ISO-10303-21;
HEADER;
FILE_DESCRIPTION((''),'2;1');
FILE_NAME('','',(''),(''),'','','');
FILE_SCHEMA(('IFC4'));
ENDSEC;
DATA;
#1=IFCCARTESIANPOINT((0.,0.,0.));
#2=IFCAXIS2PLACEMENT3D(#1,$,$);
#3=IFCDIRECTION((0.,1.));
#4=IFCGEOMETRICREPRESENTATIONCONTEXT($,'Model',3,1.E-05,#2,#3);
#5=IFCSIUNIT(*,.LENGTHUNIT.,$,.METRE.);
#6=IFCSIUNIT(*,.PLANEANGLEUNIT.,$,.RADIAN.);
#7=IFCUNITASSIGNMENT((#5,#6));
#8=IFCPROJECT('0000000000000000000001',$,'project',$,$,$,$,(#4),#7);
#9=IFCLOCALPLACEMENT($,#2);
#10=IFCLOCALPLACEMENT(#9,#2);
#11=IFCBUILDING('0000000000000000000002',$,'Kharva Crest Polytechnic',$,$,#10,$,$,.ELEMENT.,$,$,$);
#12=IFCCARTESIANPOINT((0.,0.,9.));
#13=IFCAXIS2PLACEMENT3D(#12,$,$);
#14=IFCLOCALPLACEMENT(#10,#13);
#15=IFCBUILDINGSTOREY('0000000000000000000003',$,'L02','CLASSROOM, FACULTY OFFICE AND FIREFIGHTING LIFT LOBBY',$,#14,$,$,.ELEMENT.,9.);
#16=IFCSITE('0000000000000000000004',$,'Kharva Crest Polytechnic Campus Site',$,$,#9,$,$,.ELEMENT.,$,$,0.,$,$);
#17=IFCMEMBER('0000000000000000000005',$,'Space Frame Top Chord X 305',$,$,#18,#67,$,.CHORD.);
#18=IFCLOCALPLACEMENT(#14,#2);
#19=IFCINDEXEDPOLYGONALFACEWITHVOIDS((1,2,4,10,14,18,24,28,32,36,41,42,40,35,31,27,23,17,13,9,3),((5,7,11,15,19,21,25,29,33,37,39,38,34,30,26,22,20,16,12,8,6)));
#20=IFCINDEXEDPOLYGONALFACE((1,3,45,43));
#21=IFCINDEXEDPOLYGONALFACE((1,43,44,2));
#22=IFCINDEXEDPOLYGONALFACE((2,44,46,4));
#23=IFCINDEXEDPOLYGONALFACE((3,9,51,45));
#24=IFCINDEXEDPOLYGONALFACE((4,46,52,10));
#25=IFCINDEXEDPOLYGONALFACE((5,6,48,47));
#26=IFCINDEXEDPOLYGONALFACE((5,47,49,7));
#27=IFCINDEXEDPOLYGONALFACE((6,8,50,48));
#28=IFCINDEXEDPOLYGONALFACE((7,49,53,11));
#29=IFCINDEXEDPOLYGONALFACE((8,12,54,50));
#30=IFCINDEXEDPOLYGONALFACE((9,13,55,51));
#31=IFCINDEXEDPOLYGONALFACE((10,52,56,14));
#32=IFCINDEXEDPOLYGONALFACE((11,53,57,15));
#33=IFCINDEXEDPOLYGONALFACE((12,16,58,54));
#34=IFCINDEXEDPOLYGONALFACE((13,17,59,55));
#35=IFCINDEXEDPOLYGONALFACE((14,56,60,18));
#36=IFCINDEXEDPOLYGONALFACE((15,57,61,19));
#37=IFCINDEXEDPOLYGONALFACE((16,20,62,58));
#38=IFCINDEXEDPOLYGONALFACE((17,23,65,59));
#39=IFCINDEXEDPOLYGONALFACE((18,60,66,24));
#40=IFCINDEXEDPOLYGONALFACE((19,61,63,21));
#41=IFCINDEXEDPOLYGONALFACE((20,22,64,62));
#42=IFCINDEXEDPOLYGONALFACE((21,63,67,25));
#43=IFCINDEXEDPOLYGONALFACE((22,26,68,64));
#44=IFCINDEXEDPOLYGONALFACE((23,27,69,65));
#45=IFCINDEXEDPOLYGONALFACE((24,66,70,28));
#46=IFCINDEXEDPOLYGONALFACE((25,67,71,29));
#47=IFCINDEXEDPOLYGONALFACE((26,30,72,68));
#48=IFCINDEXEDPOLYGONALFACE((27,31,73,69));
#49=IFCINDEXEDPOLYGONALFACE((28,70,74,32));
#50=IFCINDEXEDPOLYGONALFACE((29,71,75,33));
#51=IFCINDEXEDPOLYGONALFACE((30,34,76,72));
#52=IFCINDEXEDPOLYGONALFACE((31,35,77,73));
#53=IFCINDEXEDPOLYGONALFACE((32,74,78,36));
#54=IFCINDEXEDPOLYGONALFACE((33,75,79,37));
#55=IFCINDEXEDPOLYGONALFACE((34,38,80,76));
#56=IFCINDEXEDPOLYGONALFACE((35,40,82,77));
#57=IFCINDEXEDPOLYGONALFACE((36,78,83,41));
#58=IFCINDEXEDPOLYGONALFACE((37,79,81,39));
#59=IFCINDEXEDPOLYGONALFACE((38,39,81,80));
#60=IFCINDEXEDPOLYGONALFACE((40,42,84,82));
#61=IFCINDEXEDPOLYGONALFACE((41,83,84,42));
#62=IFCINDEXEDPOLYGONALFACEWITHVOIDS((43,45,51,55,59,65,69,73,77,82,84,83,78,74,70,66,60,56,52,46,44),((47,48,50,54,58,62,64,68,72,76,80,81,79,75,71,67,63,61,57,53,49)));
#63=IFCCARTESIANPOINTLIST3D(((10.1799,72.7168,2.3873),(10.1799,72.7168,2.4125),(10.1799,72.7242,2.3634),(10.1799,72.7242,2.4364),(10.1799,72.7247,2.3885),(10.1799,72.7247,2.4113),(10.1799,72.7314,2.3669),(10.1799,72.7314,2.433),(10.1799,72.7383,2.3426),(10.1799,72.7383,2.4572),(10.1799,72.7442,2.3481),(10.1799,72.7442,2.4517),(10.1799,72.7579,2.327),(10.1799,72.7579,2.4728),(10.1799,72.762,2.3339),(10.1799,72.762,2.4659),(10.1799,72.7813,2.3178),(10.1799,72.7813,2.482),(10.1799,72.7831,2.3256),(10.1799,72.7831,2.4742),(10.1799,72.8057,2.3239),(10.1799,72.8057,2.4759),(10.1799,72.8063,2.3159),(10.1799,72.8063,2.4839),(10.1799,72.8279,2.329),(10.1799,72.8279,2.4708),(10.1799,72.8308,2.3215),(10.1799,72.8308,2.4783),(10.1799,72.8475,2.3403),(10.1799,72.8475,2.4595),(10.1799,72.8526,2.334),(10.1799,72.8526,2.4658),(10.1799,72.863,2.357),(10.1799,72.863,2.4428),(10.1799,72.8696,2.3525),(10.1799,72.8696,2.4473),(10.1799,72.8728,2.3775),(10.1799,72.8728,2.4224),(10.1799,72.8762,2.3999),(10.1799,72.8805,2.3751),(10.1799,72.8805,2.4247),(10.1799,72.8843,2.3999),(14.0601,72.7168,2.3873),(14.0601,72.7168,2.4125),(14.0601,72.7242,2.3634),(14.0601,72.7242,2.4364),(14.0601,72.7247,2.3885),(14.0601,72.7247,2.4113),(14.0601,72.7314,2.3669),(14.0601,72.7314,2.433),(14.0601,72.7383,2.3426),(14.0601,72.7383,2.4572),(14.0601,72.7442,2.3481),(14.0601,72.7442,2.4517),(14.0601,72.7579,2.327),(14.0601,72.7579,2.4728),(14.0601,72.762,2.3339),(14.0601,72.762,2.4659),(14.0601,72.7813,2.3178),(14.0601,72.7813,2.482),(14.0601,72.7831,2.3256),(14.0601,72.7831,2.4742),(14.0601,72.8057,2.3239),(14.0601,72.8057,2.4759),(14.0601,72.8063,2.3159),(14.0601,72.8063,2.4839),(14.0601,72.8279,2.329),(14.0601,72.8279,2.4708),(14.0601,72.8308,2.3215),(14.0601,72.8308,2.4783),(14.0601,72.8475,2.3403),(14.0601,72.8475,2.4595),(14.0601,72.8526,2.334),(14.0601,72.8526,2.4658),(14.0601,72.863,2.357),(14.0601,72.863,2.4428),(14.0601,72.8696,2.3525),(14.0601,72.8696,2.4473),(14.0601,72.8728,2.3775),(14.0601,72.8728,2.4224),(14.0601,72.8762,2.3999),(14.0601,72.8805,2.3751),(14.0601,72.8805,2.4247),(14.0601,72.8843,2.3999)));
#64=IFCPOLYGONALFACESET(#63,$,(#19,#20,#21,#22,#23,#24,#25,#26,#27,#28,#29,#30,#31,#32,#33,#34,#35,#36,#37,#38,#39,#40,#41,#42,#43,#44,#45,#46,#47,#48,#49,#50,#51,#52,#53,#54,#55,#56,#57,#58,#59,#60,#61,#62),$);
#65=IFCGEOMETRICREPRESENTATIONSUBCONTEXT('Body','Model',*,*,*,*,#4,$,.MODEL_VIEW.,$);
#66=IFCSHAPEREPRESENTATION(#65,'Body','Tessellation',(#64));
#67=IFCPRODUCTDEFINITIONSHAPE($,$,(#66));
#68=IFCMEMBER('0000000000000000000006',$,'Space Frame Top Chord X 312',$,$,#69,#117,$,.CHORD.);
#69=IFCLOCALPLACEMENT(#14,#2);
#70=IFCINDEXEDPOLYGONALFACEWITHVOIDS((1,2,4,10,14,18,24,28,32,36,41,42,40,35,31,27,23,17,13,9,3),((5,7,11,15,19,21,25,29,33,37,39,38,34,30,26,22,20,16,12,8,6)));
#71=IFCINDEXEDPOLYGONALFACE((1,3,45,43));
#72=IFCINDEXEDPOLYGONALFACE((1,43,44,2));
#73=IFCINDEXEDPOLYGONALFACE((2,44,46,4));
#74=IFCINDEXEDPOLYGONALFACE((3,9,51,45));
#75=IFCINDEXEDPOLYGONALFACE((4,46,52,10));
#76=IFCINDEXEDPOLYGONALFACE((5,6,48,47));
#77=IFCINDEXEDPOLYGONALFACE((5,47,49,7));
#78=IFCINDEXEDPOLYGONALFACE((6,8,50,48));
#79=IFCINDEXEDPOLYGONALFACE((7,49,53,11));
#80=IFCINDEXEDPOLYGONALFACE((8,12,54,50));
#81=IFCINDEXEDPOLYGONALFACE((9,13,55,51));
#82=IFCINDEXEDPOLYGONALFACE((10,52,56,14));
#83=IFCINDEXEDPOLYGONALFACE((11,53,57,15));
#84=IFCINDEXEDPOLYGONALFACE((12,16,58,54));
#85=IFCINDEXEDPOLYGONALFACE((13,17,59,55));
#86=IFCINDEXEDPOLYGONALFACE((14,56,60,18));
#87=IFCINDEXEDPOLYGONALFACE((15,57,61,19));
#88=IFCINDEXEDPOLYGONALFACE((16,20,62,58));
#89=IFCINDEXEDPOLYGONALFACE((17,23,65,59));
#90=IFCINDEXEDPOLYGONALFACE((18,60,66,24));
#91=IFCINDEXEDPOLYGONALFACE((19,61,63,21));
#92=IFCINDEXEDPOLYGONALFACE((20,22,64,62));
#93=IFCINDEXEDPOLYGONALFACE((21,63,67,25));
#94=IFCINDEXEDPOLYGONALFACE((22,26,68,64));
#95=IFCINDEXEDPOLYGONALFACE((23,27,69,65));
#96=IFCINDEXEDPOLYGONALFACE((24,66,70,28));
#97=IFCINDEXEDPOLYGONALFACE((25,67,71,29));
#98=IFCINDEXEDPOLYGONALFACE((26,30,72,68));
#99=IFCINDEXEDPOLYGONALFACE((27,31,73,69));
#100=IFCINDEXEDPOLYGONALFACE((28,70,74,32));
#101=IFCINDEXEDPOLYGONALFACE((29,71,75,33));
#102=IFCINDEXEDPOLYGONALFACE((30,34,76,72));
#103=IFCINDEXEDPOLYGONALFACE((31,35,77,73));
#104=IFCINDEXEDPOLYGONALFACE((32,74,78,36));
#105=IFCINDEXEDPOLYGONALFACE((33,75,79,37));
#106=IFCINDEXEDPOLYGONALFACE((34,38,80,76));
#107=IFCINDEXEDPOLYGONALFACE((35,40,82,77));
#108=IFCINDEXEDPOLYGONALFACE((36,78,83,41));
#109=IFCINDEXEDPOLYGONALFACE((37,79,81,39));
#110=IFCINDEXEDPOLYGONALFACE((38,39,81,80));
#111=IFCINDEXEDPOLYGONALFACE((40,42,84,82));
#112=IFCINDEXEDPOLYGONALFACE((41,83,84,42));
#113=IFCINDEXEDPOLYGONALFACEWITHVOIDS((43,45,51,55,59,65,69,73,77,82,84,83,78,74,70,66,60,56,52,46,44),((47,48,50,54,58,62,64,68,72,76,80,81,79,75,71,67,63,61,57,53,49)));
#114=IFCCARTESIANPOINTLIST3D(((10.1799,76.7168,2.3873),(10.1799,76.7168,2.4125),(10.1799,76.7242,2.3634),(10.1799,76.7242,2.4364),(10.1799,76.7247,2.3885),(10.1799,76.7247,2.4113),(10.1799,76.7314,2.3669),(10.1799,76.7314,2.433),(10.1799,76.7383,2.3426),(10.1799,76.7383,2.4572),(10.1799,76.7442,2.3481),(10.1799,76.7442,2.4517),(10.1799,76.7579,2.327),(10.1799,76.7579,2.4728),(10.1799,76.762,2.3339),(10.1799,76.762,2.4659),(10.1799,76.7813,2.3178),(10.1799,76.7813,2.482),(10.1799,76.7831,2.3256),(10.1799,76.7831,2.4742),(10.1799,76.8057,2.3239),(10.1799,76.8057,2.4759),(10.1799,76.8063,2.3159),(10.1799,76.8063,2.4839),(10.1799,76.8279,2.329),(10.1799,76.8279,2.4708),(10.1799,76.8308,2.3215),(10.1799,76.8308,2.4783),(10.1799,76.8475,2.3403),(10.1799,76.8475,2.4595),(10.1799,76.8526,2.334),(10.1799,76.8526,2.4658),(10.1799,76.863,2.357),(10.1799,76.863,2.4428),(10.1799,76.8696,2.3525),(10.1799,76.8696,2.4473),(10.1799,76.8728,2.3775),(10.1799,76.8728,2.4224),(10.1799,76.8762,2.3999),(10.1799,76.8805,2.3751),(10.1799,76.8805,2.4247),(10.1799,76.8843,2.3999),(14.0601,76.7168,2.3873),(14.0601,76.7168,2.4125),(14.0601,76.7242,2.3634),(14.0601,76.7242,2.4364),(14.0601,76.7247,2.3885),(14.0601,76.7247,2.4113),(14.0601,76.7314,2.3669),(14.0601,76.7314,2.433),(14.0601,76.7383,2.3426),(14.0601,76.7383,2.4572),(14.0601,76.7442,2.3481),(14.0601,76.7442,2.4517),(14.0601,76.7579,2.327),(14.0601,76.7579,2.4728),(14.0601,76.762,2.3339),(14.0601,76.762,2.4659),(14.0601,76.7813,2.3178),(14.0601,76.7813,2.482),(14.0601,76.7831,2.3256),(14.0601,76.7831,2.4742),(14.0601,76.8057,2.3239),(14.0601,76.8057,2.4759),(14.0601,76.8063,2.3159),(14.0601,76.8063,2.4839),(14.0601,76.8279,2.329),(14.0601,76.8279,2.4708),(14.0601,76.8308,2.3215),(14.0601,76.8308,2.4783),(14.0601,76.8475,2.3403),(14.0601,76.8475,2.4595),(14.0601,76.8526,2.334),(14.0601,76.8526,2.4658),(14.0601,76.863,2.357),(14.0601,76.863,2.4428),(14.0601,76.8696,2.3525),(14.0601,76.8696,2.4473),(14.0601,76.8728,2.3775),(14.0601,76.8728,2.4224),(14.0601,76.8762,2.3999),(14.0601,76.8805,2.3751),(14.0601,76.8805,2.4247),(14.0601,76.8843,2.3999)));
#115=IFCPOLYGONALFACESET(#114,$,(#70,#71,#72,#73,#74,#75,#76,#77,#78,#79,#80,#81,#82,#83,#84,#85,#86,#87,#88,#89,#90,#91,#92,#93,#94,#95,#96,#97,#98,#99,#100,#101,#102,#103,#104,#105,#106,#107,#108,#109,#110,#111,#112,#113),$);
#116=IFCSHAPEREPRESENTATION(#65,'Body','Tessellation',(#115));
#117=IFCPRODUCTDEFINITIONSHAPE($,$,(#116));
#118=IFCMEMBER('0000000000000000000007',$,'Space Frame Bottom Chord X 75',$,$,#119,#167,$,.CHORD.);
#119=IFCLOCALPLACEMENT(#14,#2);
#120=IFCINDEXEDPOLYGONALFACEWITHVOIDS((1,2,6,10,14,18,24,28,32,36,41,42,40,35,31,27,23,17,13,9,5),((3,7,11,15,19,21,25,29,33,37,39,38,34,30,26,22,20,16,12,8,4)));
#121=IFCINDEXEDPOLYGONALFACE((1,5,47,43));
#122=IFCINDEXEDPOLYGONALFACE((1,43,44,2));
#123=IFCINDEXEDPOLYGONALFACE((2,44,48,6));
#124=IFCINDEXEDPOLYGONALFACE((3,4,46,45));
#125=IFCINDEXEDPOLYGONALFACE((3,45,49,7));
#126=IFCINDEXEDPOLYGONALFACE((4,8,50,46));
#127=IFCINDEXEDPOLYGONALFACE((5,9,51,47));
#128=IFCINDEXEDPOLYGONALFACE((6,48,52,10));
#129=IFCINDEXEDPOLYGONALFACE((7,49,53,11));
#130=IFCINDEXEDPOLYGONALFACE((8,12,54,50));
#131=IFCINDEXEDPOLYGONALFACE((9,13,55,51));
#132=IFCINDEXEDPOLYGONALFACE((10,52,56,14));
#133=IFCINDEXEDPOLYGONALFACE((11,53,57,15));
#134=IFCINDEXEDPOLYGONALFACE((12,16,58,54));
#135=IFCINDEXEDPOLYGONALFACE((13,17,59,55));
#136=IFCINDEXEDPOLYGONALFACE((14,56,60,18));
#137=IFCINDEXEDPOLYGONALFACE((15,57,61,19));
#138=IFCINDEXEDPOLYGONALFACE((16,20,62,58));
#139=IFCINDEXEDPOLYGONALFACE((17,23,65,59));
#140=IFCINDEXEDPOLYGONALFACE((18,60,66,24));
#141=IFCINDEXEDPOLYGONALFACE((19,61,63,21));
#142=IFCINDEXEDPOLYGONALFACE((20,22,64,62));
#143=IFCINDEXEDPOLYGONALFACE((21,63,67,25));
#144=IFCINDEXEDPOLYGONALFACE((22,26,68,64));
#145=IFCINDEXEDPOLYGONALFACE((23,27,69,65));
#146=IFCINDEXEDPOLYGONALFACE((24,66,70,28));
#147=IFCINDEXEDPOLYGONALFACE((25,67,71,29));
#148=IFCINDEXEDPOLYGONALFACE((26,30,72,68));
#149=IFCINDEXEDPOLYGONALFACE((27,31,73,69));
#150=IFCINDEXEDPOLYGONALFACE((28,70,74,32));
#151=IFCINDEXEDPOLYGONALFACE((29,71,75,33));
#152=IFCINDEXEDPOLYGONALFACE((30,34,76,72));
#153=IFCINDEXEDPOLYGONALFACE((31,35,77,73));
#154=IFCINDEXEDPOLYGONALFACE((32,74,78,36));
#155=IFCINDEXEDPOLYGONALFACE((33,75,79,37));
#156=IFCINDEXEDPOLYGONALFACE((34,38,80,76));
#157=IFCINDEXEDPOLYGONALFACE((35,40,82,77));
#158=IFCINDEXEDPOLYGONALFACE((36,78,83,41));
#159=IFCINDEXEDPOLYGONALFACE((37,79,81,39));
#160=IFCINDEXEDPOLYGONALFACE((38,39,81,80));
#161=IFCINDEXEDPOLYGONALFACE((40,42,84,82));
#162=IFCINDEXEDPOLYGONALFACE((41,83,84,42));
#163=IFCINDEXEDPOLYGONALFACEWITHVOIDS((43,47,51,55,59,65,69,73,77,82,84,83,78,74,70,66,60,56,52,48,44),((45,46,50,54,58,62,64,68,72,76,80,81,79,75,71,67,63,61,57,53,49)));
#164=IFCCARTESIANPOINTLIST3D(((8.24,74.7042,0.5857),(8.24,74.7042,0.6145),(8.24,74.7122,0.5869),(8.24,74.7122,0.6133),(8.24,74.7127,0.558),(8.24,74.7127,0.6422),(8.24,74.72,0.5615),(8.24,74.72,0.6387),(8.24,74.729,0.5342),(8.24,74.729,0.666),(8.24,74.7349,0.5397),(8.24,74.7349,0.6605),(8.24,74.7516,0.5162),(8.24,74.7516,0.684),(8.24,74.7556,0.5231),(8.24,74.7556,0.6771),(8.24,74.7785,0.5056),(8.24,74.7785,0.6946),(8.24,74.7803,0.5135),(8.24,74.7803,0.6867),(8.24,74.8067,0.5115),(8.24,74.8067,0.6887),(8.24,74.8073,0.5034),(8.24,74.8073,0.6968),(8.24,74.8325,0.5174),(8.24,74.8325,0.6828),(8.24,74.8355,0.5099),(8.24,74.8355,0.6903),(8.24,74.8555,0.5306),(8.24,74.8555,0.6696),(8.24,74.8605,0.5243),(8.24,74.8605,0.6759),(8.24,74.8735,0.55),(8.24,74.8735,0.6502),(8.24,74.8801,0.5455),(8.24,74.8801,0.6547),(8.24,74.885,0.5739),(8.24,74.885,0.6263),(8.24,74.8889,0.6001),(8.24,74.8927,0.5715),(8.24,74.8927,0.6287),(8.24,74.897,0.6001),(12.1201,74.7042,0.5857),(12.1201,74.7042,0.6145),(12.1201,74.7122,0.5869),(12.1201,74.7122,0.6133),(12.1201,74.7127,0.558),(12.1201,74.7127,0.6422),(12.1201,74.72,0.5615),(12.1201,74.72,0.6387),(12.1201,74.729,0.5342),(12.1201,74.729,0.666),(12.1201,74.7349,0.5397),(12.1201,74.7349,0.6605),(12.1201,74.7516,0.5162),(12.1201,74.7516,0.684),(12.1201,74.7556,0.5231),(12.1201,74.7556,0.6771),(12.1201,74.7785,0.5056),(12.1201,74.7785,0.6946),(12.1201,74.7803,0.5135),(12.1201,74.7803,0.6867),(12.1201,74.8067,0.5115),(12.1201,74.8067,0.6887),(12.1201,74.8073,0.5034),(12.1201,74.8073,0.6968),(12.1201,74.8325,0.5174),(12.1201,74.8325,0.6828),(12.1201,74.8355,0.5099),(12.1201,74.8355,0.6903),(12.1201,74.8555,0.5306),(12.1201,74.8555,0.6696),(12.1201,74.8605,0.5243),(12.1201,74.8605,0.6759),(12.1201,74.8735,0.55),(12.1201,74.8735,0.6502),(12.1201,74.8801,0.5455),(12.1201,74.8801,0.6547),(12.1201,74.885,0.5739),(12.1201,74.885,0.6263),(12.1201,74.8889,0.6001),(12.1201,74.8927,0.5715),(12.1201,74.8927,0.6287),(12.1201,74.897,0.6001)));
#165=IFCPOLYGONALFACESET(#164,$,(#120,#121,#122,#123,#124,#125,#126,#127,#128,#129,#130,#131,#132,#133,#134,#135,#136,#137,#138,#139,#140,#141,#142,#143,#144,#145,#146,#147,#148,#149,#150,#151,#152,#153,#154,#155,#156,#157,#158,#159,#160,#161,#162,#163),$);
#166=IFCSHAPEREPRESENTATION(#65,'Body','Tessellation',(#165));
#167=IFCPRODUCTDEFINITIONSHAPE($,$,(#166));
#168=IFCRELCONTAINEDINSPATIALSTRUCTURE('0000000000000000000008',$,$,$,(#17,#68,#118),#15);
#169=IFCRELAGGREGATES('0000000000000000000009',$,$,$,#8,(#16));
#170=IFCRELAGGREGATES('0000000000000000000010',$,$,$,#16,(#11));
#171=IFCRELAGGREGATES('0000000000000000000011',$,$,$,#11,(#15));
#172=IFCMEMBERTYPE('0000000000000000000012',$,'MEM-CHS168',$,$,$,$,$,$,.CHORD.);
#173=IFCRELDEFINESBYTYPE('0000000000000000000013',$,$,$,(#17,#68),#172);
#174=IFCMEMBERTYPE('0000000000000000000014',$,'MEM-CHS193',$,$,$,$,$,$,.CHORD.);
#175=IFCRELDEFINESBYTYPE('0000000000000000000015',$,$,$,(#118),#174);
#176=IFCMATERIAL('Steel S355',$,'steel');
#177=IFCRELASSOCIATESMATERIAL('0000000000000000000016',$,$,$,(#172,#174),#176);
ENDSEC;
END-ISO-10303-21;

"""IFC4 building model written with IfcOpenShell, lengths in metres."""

from ifc_helpers import new_model, si_unit, direction, frame, origin, origin_2d, place, context, subcontext, project, spatial, hollow_circle, extrude, material, material_profile, profile_set, type_object, element, save


model = new_model("IFC4")

# Units and contexts
model_context = context("Model", 3, precision=1e-05, world=origin(), true_north=direction((0.0, 1.0)))
body_context = subcontext(model_context, "Body", "Model", "MODEL_VIEW")
ifc_project = project(units=[si_unit("LENGTHUNIT", "METRE"), si_unit("PLANEANGLEUNIT", "RADIAN")], contexts=[model_context])

# Site, building, storey
site_placement = place(None, origin())
site = spatial("IfcSite", under=ifc_project, at=site_placement, Name="Kharva Crest Polytechnic Campus Site", CompositionType="ELEMENT", RefElevation=0.0)
building_placement = place(site_placement, origin())
building = spatial("IfcBuilding", under=site, at=building_placement, Name="Kharva Crest Polytechnic", CompositionType="ELEMENT")
storey_placement = place(building_placement, frame((0.0, 0.0, 9.0)))
storey = spatial("IfcBuildingStorey", under=building, at=storey_placement, Name="L02", Description="CLASSROOM, FACULTY OFFICE AND FIREFIGHTING LIFT LOBBY", CompositionType="ELEMENT", Elevation=9.0)

# Shared definitions
ifc_material_1 = material(Name="Steel S355", Category="steel")

# Members
ifc_material_profile_1 = material_profile(ifc_material_1, hollow_circle(Radius=0.0842, WallThickness=0.0081, at=origin_2d()), Name="CHS 168.3X8.0")
ifc_profile_set_1 = profile_set([ifc_material_profile_1], Name="Steel S355")
member_type_1 = type_object("IfcMemberType", Name="MEM-CHS168", PredefinedType="CHORD", material=ifc_profile_set_1)
for number, where, z_axis, x_axis, name in (
    (1, (10.1799, 72.8, 2.3999), (1.0, 0.0, 0.0), (0.0, 1.0, 0.0), "Space Frame Top Chord X 305"),
    (2, (10.1799, 76.8, 2.3999), (1.0, 0.0, 0.0), (0.0, 1.0, 0.0), "Space Frame Top Chord X 312"),
):
    element("IfcMember", number, at=place(storey_placement, frame(where, z_axis=z_axis, x_axis=x_axis)), inside=storey, type_object=member_type_1, Name=name, PredefinedType="CHORD", context=body_context, shape_type="SweptSolid", body=[
        extrude(hollow_circle(Radius=0.0842, WallThickness=0.0081, at=origin_2d()), origin(), (0.0, 0.0, 1.0), 3.8801),
    ])
ifc_material_profile_2 = material_profile(ifc_material_1, hollow_circle(Radius=0.0969, WallThickness=0.0081, at=origin_2d()), Name="CHS 193.7X8.0")
ifc_profile_set_2 = profile_set([ifc_material_profile_2], Name="Steel S355")
member_type_2 = type_object("IfcMemberType", Name="MEM-CHS193", PredefinedType="CHORD", material=ifc_profile_set_2)
member_1_placement = place(storey_placement, frame((8.24, 74.8, 0.6001), z_axis=(1.0, 0.0, 0.0), x_axis=(0.0, 1.0, 0.0)))
element("IfcMember", 3, at=member_1_placement, inside=storey, type_object=member_type_2, Name="Space Frame Bottom Chord X 75", PredefinedType="CHORD", context=body_context, shape_type="SweptSolid", body=[
    extrude(hollow_circle(Radius=0.0969, WallThickness=0.0081, at=origin_2d()), origin(), (0.0, 0.0, 1.0), 3.8801),
])

save(model, "model.ifc")
